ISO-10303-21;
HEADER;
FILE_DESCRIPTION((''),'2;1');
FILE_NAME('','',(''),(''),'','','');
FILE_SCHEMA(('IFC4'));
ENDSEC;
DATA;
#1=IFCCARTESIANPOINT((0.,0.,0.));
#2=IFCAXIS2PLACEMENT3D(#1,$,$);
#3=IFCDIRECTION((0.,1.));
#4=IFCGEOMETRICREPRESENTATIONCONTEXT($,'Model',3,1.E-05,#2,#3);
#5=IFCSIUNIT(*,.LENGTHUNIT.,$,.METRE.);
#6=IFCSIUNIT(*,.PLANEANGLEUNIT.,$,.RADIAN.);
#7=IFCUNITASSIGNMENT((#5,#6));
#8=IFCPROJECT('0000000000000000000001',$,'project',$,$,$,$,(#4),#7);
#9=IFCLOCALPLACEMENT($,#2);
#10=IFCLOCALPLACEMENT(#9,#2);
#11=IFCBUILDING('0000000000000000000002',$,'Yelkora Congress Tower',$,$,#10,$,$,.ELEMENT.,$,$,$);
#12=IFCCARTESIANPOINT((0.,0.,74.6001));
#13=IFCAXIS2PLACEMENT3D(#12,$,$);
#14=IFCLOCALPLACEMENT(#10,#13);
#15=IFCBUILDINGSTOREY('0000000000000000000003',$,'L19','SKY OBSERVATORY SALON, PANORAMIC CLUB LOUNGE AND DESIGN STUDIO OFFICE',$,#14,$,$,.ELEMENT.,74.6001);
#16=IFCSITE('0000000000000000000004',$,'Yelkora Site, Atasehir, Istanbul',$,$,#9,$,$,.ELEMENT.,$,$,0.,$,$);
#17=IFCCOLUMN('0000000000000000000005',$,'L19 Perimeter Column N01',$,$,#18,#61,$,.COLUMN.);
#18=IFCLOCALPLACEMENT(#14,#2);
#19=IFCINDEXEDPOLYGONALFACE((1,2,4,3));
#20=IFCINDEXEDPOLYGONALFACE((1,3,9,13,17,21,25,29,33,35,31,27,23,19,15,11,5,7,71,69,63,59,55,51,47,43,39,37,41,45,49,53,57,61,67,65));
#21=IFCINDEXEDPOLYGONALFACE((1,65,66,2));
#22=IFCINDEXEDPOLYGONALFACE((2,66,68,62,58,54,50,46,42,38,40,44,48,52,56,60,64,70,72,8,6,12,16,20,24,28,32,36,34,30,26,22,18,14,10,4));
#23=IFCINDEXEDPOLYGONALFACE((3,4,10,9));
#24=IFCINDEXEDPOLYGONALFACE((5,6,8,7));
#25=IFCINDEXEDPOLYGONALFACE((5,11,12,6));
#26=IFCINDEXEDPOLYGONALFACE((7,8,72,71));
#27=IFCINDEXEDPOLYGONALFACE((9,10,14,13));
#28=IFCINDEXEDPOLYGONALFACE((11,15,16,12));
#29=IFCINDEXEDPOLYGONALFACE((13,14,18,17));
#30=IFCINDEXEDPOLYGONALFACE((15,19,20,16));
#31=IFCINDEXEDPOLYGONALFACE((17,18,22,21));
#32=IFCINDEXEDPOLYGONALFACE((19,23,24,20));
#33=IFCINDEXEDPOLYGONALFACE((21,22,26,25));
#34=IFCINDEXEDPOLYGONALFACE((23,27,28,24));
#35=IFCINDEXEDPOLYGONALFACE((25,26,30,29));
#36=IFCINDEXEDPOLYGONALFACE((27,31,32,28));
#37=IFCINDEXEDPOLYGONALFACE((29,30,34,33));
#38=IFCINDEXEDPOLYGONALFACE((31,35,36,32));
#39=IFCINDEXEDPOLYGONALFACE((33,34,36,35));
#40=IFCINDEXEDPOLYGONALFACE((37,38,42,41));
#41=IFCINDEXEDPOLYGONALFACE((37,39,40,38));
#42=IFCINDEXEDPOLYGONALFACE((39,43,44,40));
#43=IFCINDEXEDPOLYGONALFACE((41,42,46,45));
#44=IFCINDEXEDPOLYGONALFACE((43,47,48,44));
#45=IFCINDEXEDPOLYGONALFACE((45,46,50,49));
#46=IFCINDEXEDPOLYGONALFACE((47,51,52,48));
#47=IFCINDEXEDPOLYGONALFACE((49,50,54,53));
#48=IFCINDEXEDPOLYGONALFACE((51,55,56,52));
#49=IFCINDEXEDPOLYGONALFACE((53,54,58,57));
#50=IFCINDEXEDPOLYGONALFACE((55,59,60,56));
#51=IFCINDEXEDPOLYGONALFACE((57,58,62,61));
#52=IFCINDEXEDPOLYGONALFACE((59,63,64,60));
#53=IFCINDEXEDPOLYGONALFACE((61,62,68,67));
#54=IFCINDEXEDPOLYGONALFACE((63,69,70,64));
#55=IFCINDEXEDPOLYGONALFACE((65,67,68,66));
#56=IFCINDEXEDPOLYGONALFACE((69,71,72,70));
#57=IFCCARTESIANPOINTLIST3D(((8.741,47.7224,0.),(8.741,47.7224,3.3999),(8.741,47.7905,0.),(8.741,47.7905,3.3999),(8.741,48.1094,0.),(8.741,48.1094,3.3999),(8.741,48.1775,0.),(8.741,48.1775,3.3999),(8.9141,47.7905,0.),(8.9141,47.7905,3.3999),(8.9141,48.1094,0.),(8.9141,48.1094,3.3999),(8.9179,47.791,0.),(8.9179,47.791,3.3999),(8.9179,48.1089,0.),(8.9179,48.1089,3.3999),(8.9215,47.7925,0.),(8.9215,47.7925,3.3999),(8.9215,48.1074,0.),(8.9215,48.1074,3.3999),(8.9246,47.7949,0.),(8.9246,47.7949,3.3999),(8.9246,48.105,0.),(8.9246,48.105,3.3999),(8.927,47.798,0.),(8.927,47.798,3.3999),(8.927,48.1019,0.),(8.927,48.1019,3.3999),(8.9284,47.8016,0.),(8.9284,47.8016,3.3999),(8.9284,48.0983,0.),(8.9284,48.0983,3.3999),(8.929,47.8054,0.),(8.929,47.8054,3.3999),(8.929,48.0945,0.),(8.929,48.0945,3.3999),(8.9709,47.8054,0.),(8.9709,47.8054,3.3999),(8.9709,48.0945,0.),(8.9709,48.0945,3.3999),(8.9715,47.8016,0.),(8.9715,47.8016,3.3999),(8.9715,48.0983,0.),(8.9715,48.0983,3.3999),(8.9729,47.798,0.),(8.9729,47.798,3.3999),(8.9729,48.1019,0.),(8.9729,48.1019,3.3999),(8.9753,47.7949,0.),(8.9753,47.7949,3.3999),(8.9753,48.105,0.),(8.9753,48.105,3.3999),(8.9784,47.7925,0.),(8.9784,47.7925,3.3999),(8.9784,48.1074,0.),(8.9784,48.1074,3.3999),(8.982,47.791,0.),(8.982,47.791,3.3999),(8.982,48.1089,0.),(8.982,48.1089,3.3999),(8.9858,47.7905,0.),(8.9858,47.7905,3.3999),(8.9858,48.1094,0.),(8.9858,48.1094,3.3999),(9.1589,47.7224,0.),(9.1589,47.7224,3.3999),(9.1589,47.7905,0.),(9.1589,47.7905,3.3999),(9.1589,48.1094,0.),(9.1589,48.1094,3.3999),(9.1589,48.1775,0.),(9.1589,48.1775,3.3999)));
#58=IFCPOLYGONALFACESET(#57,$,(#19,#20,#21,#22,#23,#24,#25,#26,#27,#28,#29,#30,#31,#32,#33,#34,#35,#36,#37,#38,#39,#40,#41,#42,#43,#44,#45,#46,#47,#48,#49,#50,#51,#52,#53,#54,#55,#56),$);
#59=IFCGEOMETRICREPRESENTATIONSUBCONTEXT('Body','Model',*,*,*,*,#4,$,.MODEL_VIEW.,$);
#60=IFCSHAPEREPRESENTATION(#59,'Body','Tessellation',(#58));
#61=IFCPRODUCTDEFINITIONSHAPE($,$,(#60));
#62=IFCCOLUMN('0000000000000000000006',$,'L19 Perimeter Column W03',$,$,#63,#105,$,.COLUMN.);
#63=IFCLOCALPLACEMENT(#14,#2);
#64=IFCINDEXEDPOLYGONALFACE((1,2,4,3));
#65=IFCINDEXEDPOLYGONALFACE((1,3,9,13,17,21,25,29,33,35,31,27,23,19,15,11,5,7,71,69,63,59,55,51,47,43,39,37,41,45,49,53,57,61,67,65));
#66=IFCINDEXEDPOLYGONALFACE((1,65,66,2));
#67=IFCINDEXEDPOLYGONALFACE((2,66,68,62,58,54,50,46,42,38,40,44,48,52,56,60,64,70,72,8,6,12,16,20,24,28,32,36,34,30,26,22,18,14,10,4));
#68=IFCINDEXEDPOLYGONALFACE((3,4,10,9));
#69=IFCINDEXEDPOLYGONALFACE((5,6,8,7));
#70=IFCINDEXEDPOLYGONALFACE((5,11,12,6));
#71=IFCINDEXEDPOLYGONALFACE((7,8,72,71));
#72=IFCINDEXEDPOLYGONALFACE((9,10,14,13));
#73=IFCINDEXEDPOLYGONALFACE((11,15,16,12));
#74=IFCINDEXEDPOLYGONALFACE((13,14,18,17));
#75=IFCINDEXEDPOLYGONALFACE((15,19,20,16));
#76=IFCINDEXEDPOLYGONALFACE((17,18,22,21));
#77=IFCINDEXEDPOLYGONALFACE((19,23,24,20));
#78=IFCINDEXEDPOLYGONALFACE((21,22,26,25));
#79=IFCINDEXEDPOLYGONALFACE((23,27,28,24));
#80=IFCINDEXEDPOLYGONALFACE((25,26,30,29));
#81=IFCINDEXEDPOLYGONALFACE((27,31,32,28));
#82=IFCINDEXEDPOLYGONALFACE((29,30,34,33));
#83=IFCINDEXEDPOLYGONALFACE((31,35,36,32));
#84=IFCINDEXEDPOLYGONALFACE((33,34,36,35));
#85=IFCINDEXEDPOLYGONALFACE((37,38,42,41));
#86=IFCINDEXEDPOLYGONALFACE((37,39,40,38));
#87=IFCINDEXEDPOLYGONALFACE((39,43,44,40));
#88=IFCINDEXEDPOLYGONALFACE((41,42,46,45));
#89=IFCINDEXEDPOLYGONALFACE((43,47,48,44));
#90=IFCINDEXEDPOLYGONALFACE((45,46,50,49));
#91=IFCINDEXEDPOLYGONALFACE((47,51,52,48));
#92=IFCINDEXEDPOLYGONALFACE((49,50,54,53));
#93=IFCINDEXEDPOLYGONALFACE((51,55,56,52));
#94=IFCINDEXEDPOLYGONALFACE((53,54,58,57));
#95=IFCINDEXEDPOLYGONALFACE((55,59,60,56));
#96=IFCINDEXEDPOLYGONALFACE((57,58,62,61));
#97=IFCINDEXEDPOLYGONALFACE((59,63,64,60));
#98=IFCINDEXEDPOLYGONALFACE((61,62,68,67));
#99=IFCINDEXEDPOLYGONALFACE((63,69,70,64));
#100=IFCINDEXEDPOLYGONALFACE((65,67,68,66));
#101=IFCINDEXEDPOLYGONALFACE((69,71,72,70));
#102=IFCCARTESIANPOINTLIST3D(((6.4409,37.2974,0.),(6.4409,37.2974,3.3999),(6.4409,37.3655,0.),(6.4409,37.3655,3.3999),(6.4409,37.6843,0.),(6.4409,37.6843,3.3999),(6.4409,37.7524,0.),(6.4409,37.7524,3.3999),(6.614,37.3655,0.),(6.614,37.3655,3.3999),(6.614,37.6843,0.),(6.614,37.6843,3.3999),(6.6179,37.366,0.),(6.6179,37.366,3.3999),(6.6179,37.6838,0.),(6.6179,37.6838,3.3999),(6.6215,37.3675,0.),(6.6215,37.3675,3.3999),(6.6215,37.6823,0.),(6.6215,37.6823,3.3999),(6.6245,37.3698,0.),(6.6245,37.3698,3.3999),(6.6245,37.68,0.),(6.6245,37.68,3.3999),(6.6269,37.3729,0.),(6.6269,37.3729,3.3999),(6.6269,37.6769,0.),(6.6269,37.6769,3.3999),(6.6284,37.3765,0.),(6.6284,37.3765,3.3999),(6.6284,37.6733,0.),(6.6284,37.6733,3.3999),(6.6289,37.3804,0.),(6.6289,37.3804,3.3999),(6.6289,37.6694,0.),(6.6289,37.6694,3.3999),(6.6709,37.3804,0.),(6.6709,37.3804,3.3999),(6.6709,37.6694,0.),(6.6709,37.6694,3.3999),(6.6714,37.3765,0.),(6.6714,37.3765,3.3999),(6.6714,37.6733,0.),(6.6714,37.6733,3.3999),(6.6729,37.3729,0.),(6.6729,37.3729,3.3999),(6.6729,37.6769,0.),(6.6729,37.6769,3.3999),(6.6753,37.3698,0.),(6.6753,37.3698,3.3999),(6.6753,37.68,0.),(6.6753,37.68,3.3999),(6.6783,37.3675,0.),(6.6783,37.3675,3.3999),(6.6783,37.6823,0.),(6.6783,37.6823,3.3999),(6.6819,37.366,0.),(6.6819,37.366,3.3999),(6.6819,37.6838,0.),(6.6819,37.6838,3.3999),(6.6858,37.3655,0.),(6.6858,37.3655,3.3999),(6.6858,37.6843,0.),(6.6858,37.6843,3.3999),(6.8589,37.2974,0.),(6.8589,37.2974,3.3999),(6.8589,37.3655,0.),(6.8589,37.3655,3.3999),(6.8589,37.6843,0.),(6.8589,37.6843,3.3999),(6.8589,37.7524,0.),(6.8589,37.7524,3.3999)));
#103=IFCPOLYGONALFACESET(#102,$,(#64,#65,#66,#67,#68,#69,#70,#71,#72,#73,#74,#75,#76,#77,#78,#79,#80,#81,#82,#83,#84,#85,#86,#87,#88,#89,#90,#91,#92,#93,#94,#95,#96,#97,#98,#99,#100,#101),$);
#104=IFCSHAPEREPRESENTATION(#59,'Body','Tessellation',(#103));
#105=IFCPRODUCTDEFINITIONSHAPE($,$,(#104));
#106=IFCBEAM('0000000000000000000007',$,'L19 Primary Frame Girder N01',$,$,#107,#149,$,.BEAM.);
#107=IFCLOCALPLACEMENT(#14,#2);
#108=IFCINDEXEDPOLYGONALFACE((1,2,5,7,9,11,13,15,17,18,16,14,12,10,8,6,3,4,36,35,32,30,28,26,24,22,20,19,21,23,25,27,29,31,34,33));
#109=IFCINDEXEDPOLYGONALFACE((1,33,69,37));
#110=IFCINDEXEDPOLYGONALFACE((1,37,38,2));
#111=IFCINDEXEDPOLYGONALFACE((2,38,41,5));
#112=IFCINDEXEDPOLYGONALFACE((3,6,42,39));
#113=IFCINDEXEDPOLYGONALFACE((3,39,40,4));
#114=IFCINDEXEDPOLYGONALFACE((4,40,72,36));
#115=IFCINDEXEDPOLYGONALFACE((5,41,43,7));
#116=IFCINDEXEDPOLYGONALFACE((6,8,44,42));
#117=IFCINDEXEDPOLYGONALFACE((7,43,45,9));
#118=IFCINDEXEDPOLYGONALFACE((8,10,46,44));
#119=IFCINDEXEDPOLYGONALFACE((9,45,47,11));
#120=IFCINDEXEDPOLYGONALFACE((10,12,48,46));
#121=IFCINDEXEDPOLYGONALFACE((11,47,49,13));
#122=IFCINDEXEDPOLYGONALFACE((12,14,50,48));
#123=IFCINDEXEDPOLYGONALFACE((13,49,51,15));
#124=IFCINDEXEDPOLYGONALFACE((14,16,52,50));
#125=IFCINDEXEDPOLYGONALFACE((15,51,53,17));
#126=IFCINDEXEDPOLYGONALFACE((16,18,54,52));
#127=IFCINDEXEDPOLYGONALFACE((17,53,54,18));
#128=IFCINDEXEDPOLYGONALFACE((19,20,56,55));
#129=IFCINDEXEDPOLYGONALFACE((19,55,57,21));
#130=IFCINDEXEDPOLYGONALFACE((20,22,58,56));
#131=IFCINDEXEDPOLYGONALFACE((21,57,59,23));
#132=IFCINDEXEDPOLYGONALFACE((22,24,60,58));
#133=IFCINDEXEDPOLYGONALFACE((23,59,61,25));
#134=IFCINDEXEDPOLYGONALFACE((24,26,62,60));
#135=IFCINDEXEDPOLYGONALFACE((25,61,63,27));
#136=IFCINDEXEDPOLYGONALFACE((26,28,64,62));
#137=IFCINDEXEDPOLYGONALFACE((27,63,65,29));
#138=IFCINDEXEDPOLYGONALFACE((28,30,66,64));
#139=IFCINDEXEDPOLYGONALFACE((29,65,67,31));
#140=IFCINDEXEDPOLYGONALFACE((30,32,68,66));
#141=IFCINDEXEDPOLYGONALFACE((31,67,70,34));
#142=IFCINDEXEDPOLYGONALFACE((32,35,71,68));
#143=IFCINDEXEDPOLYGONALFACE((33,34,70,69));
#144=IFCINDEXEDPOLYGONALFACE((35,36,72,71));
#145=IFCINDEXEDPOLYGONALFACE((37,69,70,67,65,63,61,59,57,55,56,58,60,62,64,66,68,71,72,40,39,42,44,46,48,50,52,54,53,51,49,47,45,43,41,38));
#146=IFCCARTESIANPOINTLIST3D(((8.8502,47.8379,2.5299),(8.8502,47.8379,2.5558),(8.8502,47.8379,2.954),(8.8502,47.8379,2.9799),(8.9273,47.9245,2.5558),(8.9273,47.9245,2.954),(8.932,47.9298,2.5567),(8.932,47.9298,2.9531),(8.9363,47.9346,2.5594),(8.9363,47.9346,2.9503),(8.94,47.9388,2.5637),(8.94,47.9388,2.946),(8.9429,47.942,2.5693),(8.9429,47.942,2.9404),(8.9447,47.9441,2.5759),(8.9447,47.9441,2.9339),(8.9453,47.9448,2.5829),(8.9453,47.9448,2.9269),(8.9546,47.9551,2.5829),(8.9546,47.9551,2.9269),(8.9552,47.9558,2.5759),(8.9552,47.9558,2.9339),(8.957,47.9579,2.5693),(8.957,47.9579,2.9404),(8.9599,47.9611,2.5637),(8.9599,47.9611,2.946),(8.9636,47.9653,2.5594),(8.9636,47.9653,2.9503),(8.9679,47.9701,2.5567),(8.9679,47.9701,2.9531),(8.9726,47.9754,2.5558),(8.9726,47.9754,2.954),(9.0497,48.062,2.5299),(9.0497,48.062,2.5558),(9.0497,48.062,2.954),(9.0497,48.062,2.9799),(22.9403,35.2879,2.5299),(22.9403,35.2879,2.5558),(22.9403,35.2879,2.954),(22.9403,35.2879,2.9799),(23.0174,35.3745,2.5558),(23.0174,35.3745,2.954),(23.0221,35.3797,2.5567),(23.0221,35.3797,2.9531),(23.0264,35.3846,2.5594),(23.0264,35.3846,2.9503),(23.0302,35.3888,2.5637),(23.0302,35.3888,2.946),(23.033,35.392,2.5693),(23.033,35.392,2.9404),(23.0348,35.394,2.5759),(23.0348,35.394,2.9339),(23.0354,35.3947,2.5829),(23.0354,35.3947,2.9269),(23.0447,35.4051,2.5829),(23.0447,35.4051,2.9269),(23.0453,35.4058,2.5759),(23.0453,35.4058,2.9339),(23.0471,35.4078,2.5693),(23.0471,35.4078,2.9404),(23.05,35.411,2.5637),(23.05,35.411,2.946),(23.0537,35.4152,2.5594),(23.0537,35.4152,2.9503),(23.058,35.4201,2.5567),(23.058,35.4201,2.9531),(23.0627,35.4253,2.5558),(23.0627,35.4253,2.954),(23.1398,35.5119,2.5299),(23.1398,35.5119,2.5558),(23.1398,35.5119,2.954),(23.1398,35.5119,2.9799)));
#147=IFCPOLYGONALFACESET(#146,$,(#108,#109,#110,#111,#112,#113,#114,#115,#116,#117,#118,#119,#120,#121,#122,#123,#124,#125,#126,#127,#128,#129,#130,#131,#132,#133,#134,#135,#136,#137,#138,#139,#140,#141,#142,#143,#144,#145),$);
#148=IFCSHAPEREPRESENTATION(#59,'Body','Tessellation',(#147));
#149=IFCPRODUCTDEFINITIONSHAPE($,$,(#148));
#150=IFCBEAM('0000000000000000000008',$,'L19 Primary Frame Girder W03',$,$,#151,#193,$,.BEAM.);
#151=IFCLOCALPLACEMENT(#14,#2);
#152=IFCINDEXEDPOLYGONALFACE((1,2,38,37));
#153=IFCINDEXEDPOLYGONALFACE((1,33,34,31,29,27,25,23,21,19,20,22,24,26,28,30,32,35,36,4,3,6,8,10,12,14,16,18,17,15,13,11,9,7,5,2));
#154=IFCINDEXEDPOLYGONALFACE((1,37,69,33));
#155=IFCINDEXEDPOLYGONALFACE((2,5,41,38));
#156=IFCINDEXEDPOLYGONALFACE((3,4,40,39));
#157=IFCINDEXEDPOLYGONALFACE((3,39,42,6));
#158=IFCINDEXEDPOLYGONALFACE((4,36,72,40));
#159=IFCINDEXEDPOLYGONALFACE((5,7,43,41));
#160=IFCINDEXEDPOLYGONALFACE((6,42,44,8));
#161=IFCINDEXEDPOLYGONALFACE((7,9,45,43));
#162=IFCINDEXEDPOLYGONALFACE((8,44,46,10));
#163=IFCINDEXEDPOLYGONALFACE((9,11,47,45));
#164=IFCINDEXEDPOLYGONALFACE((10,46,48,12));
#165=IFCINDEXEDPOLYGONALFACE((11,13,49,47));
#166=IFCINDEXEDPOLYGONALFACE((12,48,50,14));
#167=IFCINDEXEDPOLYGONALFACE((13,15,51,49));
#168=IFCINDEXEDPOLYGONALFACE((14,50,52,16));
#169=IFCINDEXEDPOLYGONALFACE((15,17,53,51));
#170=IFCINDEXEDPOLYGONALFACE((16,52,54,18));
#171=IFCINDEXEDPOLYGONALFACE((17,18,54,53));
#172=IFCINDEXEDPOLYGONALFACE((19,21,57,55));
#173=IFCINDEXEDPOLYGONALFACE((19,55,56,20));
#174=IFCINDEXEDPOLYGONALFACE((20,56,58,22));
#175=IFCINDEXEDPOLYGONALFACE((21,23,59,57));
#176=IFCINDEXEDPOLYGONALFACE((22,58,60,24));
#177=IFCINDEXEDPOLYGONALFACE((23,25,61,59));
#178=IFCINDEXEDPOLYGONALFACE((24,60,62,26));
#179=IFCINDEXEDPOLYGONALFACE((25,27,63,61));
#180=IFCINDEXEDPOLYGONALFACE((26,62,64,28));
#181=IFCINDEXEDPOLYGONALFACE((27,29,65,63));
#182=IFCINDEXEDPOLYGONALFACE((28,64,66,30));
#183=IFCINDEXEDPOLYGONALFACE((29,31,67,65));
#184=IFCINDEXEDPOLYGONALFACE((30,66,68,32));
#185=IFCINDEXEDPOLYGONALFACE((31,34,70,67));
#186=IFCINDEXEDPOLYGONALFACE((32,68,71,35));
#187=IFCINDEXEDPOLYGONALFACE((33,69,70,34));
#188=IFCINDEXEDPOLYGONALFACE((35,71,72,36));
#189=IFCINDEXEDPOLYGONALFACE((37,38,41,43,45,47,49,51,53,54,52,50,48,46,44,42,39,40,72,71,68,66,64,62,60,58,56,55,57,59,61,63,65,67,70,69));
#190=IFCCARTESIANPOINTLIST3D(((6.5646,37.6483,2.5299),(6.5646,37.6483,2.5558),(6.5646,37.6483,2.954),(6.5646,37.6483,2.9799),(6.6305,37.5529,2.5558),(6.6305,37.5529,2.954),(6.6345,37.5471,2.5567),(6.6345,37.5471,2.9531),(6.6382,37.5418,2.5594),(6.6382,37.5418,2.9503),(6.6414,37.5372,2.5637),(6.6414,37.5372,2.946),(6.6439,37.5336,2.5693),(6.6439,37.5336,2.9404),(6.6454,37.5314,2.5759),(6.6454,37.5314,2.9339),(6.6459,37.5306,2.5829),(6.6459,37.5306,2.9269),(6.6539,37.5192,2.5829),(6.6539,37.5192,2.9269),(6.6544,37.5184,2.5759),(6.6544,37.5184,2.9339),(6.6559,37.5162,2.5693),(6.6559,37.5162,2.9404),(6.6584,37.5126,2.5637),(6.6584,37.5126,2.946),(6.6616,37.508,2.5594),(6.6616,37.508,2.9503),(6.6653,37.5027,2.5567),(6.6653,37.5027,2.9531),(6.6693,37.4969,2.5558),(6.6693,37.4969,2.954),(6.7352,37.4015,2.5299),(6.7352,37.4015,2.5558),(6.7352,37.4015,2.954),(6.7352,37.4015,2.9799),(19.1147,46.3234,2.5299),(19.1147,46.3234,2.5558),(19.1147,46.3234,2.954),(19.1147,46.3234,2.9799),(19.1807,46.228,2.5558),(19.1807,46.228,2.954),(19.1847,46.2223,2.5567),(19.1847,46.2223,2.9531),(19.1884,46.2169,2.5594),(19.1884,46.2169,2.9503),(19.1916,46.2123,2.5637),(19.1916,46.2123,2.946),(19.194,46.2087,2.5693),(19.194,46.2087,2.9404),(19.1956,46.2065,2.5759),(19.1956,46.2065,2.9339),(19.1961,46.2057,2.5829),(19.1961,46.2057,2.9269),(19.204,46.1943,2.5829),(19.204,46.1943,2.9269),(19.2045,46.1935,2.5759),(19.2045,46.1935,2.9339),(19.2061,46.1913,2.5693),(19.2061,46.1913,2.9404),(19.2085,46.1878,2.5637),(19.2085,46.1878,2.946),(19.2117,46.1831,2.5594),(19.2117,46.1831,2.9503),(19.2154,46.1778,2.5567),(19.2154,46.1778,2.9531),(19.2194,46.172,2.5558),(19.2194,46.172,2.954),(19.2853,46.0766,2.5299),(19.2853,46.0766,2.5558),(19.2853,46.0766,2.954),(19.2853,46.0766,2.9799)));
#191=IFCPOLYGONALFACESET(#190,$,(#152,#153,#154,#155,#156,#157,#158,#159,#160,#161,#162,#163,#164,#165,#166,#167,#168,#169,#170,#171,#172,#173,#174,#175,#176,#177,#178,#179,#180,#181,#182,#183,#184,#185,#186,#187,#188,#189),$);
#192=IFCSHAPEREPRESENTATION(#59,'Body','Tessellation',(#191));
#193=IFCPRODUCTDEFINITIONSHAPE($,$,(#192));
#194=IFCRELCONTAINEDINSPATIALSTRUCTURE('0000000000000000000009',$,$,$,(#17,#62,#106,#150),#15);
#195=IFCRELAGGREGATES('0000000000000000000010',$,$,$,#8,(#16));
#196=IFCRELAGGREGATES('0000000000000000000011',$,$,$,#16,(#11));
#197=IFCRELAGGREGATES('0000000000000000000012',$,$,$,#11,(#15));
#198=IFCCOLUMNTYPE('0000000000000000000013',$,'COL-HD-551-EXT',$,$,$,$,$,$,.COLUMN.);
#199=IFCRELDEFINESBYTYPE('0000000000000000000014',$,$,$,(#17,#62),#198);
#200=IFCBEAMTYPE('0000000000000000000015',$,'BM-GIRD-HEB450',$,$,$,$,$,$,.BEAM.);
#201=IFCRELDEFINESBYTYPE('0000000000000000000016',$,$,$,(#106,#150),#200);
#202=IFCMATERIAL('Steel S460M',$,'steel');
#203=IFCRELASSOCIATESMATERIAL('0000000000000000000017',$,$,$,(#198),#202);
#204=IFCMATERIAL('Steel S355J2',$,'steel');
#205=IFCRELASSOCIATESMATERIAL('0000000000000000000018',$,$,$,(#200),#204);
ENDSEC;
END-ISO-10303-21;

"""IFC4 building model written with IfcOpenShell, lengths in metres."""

from ifc_helpers import new_model, si_unit, direction, frame, origin, origin_2d, place, context, subcontext, project, spatial, i_section, extrude, material, material_profile, profile_set, type_object, element, save


model = new_model("IFC4")

# Units and contexts
model_context = context("Model", 3, precision=1e-05, world=origin(), true_north=direction((0.0, 1.0)))
body_context = subcontext(model_context, "Body", "Model", "MODEL_VIEW")
ifc_project = project(units=[si_unit("LENGTHUNIT", "METRE"), si_unit("PLANEANGLEUNIT", "RADIAN")], contexts=[model_context])

# Site, building, storey
site_placement = place(None, origin())
site = spatial("IfcSite", under=ifc_project, at=site_placement, Name="Yelkora Site, Atasehir, Istanbul", CompositionType="ELEMENT", RefElevation=0.0)
building_placement = place(site_placement, origin())
building = spatial("IfcBuilding", under=site, at=building_placement, Name="Yelkora Congress Tower", CompositionType="ELEMENT")
storey_placement = place(building_placement, frame((0.0, 0.0, 74.6001)))
storey = spatial("IfcBuildingStorey", under=building, at=storey_placement, Name="L19", Description="SKY OBSERVATORY SALON, PANORAMIC CLUB LOUNGE AND DESIGN STUDIO OFFICE", CompositionType="ELEMENT", Elevation=74.6001)

# Columns
ifc_material_1 = material(Name="Steel S460M", Category="steel")
ifc_material_profile_1 = material_profile(ifc_material_1, i_section(OverallWidth=0.418, OverallDepth=0.4551, WebThickness=0.042, FlangeThickness=0.0681, FilletRadius=0.0149, at=origin_2d()), Name="HD 400x551")
ifc_profile_set_1 = profile_set([ifc_material_profile_1], Name="Steel S460M")
column_type = type_object("IfcColumnType", Name="COL-HD-551-EXT", PredefinedType="COLUMN", material=ifc_profile_set_1)
for number, where, z_axis, x_axis, name in (
    (1, (8.95, 47.95, 0.0), (0.0, 0.0, 1.0), (1.0, 0.0, 0.0), "L19 Perimeter Column N01"),
    (2, (6.6499, 37.5249, 0.0), (0.0, 0.0, 1.0), (1.0, 0.0, 0.0), "L19 Perimeter Column W03"),
):
    element("IfcColumn", number, at=place(storey_placement, frame(where, z_axis=z_axis, x_axis=x_axis)), inside=storey, type_object=column_type, Name=name, PredefinedType="COLUMN", context=body_context, shape_type="SweptSolid", body=[
        extrude(i_section(OverallWidth=0.418, OverallDepth=0.4551, WebThickness=0.042, FlangeThickness=0.0681, FilletRadius=0.0149, at=origin_2d()), origin(), (0.0, 0.0, 1.0), 3.3999),
    ])

# Beams
ifc_material_2 = material(Name="Steel S355J2", Category="steel")
ifc_material_profile_2 = material_profile(ifc_material_2, i_section(OverallWidth=0.3, OverallDepth=0.45, WebThickness=0.0139, FlangeThickness=0.0259, FilletRadius=0.0271, at=origin_2d()), Name="HEB 450")
ifc_profile_set_2 = profile_set([ifc_material_profile_2], Name="Steel S355J2")
beam_type_1 = type_object("IfcBeamType", Name="BM-GIRD-HEB450", PredefinedType="BEAM", material=ifc_profile_set_2)
beam_1_placement = place(storey_placement, frame((8.95, 47.95, 2.7549), z_axis=(0.746737, -0.665119, 0.0), x_axis=(0.665119, 0.746737, 0.0)))
element("IfcBeam", 3, at=beam_1_placement, inside=storey, type_object=beam_type_1, Name="L19 Primary Frame Girder N01", PredefinedType="BEAM", context=body_context, shape_type="SweptSolid", body=[
    extrude(i_section(OverallWidth=0.3, OverallDepth=0.45, WebThickness=0.0139, FlangeThickness=0.0259, FilletRadius=0.0271, at=origin_2d()), origin(), (0.0, 0.0, 1.0), 18.8689),
])
beam_2_placement = place(storey_placement, frame((6.6499, 37.5249, 2.7549), z_axis=(0.822604, 0.568614, 0.0), x_axis=(-0.568614, 0.822604, 0.0)))
element("IfcBeam", 4, at=beam_2_placement, inside=storey, type_object=beam_type_1, Name="L19 Primary Frame Girder W03", PredefinedType="BEAM", context=body_context, shape_type="SweptSolid", body=[
    extrude(i_section(OverallWidth=0.3, OverallDepth=0.45, WebThickness=0.0139, FlangeThickness=0.0259, FilletRadius=0.0271, at=origin_2d()), origin(), (0.0, 0.0, 1.0), 15.2566),
])

save(model, "model.ifc")
